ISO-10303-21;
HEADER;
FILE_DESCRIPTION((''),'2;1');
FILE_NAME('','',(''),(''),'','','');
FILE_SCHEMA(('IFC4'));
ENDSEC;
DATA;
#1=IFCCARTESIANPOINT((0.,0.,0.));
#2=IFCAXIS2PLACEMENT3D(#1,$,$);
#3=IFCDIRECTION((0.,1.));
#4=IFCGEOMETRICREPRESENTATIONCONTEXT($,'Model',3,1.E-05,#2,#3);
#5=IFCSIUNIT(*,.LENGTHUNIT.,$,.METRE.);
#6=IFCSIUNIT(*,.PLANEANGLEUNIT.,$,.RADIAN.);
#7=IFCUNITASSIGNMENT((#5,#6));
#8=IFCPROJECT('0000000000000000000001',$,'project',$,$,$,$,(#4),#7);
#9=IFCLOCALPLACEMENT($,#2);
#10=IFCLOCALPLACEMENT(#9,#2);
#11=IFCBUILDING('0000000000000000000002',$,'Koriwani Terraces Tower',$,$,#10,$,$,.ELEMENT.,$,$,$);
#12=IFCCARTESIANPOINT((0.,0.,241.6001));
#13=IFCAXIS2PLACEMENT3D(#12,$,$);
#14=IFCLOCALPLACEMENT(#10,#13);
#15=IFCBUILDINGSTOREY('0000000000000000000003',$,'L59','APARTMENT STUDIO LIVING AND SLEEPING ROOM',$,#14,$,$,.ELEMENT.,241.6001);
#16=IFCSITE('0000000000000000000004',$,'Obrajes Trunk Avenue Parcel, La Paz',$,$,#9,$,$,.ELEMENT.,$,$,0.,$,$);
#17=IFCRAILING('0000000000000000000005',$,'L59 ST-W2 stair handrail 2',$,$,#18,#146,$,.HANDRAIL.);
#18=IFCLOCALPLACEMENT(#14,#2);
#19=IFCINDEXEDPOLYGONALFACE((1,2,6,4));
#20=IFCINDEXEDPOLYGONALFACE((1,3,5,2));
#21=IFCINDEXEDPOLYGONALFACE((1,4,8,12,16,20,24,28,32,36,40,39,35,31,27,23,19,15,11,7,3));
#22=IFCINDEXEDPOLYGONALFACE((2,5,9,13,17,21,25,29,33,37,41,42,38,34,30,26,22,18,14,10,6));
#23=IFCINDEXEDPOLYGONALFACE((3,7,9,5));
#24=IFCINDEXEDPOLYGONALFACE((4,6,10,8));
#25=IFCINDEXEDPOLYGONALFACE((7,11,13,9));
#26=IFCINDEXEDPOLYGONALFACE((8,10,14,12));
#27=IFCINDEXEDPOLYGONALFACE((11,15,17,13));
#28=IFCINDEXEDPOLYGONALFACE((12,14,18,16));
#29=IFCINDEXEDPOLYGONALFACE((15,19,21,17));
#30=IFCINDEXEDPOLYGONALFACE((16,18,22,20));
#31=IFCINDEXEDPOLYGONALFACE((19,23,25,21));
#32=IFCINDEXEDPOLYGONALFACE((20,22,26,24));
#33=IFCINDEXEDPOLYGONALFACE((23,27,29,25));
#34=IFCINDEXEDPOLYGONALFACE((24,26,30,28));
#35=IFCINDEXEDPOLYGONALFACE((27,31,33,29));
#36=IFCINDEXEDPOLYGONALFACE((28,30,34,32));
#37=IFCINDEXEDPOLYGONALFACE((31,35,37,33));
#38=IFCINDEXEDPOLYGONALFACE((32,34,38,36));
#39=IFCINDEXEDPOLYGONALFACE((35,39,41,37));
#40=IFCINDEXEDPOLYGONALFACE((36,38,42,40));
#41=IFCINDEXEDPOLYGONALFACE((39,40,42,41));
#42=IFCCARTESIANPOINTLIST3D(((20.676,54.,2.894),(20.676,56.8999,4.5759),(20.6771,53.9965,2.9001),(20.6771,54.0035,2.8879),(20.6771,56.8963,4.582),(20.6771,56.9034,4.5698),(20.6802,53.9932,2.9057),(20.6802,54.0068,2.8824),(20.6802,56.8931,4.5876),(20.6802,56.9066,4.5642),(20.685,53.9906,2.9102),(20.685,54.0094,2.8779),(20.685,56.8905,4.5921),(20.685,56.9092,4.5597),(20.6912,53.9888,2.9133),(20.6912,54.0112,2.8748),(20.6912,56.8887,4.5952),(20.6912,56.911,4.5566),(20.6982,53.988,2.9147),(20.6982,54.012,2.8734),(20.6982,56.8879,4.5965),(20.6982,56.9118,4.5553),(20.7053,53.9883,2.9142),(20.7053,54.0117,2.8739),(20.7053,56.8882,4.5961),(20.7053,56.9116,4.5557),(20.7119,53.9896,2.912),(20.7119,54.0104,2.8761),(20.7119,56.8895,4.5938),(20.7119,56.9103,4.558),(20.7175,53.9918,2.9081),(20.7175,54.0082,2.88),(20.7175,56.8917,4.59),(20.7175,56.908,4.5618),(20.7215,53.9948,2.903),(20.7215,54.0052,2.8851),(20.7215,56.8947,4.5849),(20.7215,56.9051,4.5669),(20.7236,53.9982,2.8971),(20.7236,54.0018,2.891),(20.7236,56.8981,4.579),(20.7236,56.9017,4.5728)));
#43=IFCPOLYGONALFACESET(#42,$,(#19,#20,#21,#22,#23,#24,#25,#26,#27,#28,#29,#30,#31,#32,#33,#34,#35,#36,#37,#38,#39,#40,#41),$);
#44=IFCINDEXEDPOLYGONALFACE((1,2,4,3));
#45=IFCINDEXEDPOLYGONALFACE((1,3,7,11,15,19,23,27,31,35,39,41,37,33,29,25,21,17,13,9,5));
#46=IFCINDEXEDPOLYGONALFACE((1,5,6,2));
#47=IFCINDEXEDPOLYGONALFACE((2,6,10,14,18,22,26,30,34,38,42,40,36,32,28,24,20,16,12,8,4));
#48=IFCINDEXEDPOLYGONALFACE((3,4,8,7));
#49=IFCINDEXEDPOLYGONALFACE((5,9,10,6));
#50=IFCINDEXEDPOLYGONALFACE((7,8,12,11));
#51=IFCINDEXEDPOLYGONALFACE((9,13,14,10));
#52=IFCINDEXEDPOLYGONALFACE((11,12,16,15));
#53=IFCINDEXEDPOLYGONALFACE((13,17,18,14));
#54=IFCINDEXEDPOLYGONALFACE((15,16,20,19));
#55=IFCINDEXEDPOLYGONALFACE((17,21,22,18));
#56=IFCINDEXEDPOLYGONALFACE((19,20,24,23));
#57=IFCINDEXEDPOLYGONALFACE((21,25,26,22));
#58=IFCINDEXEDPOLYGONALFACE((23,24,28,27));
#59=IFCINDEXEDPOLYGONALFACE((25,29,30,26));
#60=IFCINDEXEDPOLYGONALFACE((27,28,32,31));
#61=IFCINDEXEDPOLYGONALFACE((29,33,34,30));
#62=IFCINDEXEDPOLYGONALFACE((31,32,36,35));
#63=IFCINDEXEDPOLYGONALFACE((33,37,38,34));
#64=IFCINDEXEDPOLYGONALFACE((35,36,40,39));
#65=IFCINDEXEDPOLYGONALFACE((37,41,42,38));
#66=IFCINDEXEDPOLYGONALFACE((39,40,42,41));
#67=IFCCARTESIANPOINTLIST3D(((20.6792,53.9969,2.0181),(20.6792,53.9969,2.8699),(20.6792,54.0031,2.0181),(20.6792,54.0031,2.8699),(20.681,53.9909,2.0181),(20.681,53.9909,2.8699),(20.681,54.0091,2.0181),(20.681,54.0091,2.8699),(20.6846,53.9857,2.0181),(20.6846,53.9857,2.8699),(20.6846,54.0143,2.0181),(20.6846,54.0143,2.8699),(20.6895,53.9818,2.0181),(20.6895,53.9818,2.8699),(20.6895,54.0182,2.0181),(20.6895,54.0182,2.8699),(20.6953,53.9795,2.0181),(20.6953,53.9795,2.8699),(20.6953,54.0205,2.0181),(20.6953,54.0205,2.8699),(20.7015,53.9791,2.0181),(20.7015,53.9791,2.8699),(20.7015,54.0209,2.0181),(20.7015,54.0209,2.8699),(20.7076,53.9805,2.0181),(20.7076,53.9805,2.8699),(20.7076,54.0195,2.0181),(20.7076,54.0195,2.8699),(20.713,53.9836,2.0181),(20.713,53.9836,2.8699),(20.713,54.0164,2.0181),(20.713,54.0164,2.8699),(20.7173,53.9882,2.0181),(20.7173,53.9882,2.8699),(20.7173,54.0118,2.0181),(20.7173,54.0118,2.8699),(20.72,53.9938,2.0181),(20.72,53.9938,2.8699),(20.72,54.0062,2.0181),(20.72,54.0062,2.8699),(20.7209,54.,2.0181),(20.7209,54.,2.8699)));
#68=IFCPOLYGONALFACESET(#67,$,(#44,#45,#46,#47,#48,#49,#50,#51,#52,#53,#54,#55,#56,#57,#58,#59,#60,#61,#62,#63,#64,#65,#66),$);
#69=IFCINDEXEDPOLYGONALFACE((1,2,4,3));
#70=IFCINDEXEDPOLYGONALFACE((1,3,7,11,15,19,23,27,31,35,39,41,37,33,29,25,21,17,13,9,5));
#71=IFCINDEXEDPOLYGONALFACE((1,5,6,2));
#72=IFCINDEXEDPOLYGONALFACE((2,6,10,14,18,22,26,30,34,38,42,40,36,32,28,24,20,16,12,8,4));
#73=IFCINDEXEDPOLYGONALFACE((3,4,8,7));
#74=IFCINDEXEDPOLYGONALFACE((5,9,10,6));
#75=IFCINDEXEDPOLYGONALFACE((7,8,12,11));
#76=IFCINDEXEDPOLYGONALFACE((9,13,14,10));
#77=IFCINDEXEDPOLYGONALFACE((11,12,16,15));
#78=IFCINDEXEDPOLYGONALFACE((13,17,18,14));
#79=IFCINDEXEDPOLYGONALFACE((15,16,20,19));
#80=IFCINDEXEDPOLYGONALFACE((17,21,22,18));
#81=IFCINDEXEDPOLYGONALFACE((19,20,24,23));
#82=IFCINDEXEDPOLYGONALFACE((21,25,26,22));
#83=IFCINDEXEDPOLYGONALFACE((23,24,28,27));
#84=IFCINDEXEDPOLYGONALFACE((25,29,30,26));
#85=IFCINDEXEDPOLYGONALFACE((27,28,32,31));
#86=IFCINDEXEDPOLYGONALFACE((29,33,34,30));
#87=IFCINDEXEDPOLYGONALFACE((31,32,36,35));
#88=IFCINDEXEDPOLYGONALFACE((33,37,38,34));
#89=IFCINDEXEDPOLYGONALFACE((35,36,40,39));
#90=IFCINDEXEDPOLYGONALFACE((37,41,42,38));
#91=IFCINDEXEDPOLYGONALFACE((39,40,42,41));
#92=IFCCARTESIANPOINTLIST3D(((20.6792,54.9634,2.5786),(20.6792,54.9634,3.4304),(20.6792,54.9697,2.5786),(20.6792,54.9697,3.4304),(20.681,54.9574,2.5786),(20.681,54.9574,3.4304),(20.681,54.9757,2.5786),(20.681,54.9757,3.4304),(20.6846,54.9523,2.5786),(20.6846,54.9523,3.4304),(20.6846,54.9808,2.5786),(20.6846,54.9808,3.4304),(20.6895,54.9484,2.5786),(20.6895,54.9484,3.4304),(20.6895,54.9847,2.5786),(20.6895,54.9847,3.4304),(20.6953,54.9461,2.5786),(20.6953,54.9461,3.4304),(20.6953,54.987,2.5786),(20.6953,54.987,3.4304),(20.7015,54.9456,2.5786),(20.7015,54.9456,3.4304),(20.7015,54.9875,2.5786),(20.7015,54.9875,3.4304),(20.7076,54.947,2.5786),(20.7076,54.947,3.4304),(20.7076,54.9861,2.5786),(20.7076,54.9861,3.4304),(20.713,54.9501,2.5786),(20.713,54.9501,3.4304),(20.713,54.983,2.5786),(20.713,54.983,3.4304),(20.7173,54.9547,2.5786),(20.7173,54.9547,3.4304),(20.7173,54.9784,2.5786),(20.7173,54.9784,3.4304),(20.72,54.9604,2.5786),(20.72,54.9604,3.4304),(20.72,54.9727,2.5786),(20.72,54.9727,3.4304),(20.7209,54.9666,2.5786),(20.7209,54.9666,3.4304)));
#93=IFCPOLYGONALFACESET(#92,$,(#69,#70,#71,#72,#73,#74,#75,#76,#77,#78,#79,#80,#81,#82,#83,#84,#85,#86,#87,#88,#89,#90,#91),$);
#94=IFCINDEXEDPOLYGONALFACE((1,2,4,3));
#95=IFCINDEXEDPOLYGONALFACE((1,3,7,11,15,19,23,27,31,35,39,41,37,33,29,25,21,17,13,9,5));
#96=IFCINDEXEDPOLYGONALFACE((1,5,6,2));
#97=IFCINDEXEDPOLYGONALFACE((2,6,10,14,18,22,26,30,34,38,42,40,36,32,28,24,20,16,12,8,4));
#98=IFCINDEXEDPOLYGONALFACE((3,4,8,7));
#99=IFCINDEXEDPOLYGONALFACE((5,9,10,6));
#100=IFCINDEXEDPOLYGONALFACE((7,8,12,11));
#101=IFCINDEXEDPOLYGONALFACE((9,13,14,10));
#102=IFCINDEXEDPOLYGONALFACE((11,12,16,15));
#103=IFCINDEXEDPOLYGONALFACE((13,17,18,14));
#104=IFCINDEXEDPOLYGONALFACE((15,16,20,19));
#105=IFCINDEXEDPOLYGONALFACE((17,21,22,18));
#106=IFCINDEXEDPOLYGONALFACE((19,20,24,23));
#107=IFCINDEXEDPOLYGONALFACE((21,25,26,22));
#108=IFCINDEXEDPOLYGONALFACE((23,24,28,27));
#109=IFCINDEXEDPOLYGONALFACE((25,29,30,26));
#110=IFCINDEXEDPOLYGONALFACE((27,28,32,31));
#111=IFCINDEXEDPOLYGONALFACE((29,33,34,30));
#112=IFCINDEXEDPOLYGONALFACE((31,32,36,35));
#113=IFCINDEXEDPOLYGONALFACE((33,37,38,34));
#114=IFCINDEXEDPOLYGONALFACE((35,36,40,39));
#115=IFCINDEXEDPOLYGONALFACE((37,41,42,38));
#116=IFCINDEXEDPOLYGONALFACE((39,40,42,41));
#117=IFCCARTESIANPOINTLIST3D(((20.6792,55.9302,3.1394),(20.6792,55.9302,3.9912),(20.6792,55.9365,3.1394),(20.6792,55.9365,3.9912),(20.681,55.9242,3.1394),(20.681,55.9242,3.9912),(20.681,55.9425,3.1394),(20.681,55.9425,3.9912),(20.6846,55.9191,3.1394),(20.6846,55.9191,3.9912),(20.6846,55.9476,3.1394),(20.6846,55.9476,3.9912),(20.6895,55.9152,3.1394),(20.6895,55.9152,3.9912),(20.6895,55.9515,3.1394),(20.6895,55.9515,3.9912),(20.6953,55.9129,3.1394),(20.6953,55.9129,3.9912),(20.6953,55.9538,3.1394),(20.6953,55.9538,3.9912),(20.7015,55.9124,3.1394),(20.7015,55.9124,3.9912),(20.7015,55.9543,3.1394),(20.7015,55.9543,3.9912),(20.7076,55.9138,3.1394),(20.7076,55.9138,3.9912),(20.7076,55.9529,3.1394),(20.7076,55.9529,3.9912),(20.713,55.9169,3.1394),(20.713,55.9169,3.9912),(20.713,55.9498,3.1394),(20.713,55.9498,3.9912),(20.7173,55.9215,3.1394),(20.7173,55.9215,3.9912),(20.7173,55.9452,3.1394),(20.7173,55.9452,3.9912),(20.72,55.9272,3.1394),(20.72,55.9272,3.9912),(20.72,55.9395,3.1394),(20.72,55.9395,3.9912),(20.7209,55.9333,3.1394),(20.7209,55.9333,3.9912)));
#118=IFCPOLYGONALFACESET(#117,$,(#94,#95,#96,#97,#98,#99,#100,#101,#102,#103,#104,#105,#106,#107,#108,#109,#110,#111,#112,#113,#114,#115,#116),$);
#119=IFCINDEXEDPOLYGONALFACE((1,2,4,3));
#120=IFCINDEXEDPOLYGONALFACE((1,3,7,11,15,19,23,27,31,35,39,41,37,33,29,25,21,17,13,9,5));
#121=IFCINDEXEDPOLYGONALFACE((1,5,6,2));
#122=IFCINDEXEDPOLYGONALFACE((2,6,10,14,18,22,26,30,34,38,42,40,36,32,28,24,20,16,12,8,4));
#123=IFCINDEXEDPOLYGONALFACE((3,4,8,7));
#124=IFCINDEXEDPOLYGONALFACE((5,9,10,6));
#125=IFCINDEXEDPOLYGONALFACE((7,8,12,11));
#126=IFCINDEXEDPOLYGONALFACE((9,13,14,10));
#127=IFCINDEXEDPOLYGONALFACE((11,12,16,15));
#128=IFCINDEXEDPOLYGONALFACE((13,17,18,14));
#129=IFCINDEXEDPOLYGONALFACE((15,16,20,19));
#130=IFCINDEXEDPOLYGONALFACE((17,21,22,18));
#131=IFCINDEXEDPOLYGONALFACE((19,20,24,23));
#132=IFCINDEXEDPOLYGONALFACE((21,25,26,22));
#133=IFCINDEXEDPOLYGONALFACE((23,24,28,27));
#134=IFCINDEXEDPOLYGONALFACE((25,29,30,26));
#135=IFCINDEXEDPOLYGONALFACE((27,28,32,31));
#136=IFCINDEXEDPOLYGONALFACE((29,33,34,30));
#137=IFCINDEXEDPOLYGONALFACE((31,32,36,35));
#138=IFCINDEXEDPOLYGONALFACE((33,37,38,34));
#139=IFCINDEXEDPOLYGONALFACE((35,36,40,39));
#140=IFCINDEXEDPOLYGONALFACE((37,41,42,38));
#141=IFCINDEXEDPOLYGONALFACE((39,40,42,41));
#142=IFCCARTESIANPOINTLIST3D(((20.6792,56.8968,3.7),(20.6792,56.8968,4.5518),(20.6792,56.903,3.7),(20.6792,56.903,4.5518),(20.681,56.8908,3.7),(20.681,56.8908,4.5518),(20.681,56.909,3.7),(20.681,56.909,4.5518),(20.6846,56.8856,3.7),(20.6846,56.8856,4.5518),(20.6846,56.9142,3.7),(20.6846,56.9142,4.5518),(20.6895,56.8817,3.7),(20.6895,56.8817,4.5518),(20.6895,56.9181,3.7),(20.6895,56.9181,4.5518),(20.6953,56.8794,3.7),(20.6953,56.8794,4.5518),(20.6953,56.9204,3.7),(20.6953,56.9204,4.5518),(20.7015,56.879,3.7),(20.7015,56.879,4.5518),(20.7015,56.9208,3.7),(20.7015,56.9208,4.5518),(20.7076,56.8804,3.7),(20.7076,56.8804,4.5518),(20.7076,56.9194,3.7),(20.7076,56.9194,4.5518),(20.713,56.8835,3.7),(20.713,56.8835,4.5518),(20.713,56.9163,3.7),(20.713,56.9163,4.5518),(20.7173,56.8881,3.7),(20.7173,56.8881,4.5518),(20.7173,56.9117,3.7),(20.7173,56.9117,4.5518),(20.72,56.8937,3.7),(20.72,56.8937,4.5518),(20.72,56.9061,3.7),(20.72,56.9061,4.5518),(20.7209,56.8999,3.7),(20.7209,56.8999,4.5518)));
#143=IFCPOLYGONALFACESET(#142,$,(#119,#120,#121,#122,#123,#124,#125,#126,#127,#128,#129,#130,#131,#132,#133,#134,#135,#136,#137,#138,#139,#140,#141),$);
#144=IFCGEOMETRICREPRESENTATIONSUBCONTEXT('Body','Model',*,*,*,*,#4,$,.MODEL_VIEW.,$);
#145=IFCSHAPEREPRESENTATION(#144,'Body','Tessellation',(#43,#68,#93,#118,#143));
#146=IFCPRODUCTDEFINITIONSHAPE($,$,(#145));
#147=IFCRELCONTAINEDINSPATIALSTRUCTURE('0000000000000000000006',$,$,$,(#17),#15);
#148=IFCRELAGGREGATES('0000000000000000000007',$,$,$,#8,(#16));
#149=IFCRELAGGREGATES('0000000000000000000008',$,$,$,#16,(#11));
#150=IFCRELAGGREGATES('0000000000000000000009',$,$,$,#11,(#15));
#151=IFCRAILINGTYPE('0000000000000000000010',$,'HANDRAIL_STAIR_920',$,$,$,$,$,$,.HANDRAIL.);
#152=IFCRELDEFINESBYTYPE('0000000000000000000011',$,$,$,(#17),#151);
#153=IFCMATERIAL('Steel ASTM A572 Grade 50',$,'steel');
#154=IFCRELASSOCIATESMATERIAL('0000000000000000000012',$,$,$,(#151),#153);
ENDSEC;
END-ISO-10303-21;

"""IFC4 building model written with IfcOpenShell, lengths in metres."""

from ifc_helpers import new_model, si_unit, direction, frame, origin, origin_2d, place, context, subcontext, project, spatial, circle, extrude, material, type_object, element, save


model = new_model("IFC4")

# Units and contexts
model_context = context("Model", 3, precision=1e-05, world=origin(), true_north=direction((0.0, 1.0)))
body_context = subcontext(model_context, "Body", "Model", "MODEL_VIEW")
ifc_project = project(units=[si_unit("LENGTHUNIT", "METRE"), si_unit("PLANEANGLEUNIT", "RADIAN")], contexts=[model_context])

# Site, building, storey
site_placement = place(None, origin())
site = spatial("IfcSite", under=ifc_project, at=site_placement, Name="Obrajes Trunk Avenue Parcel, La Paz", CompositionType="ELEMENT", RefElevation=0.0)
building_placement = place(site_placement, origin())
building = spatial("IfcBuilding", under=site, at=building_placement, Name="Koriwani Terraces Tower", CompositionType="ELEMENT")
storey_placement = place(building_placement, frame((0.0, 0.0, 241.6001)))
storey = spatial("IfcBuildingStorey", under=building, at=storey_placement, Name="L59", Description="APARTMENT STUDIO LIVING AND SLEEPING ROOM", CompositionType="ELEMENT", Elevation=241.6001)

# Shared definitions
ifc_material_1 = material(Name="Steel ASTM A572 Grade 50", Category="steel")

# Railing
railing_type_1 = type_object("IfcRailingType", Name="HANDRAIL_STAIR_920", PredefinedType="HANDRAIL", material=ifc_material_1)
railing_1_placement = place(storey_placement, frame((20.7, 54.0, 2.0181)))
element("IfcRailing", 1, at=railing_1_placement, inside=storey, type_object=railing_type_1, Name="L59 ST-W2 stair handrail 2", PredefinedType="HANDRAIL", context=body_context, shape_type="SweptSolid", body=[
    extrude(circle(Radius=0.0239, at=origin_2d()), frame((0.0, 0.0, 0.876), z_axis=(0.0, 0.865039, 0.501705), x_axis=(-1.0, 0.0, 0.0)), (0.0, 0.0, 1.0), 3.3523),
    extrude(circle(Radius=0.021, at=origin_2d()), origin(), (0.0, 0.0, 1.0), 0.8518),
    extrude(circle(Radius=0.021, at=origin_2d()), frame((0.0, 0.9666, 0.5605)), (0.0, 0.0, 1.0), 0.8518),
    extrude(circle(Radius=0.021, at=origin_2d()), frame((0.0, 1.9333, 1.1213)), (0.0, 0.0, 1.0), 0.8518),
    extrude(circle(Radius=0.021, at=origin_2d()), frame((0.0, 2.8999, 1.6819)), (0.0, 0.0, 1.0), 0.8518),
])

save(model, "model.ifc")
